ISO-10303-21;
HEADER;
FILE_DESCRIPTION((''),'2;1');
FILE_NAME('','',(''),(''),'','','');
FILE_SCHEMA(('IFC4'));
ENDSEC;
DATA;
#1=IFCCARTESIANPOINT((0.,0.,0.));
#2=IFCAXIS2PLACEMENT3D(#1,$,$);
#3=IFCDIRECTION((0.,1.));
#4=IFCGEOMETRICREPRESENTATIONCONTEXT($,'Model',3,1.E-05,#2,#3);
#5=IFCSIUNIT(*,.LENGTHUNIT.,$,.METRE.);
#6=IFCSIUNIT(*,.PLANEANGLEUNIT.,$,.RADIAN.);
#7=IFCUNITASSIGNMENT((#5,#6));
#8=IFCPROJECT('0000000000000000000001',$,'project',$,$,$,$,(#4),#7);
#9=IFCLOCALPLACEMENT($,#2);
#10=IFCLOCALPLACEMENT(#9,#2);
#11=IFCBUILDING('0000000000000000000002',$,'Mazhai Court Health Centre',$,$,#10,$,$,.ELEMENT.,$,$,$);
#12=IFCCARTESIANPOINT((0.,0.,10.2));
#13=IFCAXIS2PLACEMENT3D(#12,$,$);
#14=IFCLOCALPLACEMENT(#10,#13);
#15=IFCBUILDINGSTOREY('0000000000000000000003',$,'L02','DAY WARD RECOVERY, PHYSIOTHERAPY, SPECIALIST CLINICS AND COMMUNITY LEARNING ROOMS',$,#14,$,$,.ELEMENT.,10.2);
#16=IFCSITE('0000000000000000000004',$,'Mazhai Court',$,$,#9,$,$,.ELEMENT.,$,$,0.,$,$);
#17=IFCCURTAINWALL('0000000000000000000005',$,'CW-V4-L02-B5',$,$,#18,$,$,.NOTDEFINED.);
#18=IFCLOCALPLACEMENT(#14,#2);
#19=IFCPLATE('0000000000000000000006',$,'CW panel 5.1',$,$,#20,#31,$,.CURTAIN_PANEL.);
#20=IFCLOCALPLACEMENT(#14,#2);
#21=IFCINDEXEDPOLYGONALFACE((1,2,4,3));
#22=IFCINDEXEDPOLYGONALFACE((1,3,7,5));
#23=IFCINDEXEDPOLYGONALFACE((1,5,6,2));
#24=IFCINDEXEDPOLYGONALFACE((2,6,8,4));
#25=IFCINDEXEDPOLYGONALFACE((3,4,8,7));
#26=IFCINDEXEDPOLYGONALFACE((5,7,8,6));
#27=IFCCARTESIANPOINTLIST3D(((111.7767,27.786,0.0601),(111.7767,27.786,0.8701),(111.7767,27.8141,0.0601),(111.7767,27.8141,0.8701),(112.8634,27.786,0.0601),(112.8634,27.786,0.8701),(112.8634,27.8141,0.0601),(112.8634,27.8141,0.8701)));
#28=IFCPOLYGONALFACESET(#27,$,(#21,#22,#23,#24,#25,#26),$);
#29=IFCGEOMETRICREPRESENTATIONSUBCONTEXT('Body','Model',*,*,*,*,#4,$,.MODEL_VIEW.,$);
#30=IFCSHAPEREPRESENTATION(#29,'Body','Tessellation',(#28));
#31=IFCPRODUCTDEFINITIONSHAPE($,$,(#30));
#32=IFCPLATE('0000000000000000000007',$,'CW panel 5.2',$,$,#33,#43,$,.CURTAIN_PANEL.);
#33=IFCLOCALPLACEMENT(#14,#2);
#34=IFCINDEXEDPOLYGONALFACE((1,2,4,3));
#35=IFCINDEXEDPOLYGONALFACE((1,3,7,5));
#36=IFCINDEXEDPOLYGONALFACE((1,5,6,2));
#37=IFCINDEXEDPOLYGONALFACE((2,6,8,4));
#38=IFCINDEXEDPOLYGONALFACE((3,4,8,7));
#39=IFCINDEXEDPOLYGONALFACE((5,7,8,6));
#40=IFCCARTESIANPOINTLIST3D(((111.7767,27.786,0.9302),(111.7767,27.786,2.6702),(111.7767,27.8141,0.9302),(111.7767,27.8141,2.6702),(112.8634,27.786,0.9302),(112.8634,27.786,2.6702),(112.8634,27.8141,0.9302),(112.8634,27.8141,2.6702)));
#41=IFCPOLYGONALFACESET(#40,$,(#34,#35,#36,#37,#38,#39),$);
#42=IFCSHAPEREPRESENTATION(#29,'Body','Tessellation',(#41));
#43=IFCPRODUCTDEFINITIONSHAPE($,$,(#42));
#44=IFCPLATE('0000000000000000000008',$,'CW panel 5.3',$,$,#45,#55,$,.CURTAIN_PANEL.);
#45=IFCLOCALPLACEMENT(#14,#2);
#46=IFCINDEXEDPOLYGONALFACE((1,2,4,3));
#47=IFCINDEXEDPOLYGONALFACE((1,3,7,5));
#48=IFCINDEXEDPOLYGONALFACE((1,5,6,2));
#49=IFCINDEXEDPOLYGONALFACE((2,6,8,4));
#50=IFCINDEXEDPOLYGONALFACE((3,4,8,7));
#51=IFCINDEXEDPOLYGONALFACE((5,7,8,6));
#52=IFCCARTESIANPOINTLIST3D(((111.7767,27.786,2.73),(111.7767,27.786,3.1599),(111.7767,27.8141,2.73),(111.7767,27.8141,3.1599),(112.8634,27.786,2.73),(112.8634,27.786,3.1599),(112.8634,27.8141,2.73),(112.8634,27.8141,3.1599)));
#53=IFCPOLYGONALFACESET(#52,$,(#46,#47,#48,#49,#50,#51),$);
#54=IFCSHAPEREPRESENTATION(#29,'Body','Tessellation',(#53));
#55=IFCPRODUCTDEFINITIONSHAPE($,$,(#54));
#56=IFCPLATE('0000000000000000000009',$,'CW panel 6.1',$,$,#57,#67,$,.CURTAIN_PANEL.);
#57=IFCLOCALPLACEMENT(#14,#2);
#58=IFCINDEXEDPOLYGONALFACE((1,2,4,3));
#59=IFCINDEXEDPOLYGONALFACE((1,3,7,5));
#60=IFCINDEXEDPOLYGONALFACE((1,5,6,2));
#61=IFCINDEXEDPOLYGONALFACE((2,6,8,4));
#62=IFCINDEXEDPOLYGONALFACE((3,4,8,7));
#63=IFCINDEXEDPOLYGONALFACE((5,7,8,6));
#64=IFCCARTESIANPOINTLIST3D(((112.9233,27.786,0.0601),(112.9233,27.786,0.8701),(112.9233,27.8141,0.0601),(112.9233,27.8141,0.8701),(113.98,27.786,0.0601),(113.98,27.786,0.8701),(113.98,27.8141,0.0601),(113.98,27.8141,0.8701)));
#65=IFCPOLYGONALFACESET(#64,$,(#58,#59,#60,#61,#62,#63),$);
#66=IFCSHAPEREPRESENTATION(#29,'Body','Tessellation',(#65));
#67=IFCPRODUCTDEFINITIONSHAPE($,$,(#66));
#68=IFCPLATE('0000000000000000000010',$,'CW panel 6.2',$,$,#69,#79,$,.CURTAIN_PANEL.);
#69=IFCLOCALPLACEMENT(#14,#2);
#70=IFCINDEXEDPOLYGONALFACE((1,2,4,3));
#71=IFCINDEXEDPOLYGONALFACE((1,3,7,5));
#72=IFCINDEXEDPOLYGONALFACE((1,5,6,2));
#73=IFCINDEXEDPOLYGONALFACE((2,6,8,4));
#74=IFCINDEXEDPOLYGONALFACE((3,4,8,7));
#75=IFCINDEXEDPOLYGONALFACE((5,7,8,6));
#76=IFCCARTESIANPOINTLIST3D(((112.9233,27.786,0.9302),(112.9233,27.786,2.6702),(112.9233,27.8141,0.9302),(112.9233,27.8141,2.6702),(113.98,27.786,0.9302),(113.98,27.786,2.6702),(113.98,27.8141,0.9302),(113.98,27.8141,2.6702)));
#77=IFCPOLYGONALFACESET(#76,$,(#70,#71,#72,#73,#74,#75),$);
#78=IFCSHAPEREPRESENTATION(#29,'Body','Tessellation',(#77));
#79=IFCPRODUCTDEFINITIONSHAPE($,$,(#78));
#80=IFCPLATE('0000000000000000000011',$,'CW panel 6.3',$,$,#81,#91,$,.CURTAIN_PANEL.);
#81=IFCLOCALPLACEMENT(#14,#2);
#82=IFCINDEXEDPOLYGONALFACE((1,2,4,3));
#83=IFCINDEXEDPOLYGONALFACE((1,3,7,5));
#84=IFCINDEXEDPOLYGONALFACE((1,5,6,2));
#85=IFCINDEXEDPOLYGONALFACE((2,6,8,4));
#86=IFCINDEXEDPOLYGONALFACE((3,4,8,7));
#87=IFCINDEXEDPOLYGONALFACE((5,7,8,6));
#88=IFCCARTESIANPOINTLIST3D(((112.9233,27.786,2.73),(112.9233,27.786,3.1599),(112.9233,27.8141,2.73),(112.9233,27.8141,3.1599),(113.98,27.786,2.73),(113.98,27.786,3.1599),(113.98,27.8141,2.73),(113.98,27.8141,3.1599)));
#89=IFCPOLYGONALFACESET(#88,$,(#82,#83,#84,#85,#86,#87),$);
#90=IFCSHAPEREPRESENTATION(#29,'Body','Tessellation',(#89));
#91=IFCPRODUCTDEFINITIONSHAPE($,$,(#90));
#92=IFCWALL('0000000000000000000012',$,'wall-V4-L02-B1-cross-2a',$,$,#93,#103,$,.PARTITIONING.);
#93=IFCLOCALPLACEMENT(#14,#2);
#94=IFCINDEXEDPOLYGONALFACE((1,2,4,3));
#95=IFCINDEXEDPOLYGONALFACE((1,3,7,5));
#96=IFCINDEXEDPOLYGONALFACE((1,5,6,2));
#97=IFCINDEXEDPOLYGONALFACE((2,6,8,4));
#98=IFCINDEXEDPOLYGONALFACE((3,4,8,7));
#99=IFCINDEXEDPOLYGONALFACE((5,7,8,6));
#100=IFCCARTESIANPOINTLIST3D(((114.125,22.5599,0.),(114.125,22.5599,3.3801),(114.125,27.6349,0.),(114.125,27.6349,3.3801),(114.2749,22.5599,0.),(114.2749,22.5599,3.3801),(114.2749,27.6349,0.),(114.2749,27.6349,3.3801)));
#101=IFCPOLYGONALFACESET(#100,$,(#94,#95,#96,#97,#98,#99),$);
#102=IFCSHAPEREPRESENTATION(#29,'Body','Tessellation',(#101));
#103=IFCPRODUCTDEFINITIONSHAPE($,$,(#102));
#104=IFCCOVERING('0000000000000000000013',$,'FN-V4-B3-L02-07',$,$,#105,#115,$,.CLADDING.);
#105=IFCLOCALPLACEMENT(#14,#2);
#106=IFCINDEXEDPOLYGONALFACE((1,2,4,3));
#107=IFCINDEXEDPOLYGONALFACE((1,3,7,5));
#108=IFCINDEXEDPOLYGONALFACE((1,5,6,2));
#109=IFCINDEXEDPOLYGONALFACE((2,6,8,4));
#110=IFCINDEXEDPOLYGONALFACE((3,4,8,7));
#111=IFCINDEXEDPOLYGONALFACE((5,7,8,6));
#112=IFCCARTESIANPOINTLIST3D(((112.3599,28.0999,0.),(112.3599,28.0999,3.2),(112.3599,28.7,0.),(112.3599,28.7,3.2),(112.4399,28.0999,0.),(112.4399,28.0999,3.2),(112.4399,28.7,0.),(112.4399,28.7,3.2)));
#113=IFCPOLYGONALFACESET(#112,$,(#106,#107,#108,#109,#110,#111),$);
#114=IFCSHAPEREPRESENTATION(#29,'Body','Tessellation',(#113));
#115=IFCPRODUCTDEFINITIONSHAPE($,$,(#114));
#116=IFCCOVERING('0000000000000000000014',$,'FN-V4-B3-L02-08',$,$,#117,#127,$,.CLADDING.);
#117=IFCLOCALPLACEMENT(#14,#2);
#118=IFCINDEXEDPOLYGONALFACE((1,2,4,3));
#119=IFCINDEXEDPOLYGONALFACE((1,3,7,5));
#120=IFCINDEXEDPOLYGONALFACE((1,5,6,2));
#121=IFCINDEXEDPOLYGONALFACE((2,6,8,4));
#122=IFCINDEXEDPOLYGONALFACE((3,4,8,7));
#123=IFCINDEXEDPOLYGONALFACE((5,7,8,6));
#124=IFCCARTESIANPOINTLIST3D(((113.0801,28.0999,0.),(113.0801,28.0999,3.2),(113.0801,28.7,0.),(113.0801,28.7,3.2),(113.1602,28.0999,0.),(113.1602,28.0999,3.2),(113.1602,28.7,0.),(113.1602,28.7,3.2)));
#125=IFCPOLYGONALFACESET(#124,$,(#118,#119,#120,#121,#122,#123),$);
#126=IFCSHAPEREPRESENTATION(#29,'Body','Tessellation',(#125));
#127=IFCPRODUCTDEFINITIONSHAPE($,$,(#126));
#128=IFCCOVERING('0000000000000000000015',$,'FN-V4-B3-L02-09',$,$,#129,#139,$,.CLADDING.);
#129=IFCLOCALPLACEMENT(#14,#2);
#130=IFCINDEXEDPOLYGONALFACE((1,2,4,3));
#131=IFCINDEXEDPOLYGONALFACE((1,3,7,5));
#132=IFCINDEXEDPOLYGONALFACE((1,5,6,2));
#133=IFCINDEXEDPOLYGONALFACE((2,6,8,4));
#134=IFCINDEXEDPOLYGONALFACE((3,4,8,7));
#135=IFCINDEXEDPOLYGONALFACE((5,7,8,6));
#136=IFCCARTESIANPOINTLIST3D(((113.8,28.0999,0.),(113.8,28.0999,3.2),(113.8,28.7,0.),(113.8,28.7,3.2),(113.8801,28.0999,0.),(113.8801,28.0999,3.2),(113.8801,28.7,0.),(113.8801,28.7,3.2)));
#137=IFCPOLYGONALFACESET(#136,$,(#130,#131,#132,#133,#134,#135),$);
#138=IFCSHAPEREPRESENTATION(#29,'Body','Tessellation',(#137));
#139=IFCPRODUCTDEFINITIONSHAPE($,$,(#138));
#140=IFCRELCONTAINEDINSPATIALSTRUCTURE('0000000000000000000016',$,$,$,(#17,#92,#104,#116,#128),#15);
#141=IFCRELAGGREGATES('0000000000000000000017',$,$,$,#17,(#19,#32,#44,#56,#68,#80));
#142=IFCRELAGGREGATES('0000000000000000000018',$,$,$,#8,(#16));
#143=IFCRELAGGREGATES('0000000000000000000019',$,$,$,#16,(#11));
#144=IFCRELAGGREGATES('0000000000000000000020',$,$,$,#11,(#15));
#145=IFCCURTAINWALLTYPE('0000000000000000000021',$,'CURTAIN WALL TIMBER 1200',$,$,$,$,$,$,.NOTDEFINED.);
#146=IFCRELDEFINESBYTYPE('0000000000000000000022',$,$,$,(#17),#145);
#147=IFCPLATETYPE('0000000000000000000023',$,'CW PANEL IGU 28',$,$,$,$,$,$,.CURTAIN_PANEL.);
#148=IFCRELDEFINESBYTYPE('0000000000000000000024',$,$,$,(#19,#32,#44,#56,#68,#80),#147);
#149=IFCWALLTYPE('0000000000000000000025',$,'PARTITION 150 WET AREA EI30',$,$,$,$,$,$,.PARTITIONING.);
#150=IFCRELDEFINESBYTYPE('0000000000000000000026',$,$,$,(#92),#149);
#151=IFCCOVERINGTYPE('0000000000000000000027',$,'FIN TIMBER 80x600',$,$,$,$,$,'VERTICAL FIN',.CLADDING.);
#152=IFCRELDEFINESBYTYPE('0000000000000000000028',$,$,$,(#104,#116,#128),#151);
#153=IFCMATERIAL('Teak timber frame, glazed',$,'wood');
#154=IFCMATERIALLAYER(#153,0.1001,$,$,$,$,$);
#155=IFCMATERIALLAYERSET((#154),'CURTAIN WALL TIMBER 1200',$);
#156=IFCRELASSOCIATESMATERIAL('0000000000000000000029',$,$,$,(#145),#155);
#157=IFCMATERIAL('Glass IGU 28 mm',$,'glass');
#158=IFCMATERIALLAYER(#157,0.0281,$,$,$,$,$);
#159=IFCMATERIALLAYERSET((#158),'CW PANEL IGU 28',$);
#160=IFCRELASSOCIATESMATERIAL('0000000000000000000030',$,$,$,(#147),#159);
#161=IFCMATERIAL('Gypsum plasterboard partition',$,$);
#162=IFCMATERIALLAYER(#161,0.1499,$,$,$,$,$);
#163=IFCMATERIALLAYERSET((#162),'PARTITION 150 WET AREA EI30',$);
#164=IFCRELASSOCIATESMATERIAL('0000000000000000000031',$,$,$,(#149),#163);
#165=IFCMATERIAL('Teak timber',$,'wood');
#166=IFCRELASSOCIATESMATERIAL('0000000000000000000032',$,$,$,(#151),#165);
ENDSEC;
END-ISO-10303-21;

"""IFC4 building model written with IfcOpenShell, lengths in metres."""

from ifc_helpers import new_model, si_unit, direction, frame, frame_2d, origin, origin_2d, place, context, subcontext, project, spatial, rectangle, extrude, material, layer, layer_set, type_object, element, aggregate, save


model = new_model("IFC4")

# Units and contexts
model_context = context("Model", 3, precision=1e-05, world=origin(), true_north=direction((0.0, 1.0)))
body_context = subcontext(model_context, "Body", "Model", "MODEL_VIEW")
ifc_project = project(units=[si_unit("LENGTHUNIT", "METRE"), si_unit("PLANEANGLEUNIT", "RADIAN")], contexts=[model_context])

# Site, building, storey
site_placement = place(None, origin())
site = spatial("IfcSite", under=ifc_project, at=site_placement, Name="Mazhai Court", CompositionType="ELEMENT", RefElevation=0.0)
building_placement = place(site_placement, origin())
building = spatial("IfcBuilding", under=site, at=building_placement, Name="Mazhai Court Health Centre", CompositionType="ELEMENT")
storey_placement = place(building_placement, frame((0.0, 0.0, 10.2)))
storey = spatial("IfcBuildingStorey", under=building, at=storey_placement, Name="L02", Description="DAY WARD RECOVERY, PHYSIOTHERAPY, SPECIALIST CLINICS AND COMMUNITY LEARNING ROOMS", CompositionType="ELEMENT", Elevation=10.2)

# Curtain wall
ifc_material_1 = material(Name="Teak timber frame, glazed", Category="wood")
ifc_layer_1 = layer(ifc_material_1, 0.1001)
ifc_layer_set_1 = layer_set([ifc_layer_1], Name="CURTAIN WALL TIMBER 1200")
curtain_wall_type = type_object("IfcCurtainWallType", Name="CURTAIN WALL TIMBER 1200", PredefinedType="NOTDEFINED", material=ifc_layer_set_1)
curtain_wall_1_placement = place(storey_placement, origin())
curtain_wall_1 = element("IfcCurtainWall", 1, at=curtain_wall_1_placement, inside=storey, type_object=curtain_wall_type, Name="CW-V4-L02-B5", PredefinedType="NOTDEFINED")

# Plates
ifc_material_2 = material(Name="Glass IGU 28 mm", Category="glass")
ifc_layer_2 = layer(ifc_material_2, 0.0281)
ifc_layer_set_2 = layer_set([ifc_layer_2], Name="CW PANEL IGU 28")
plate_type = type_object("IfcPlateType", Name="CW PANEL IGU 28", PredefinedType="CURTAIN_PANEL", material=ifc_layer_set_2)
plate_1_placement = place(storey_placement, frame((112.3201, 27.8, 0.0601), z_axis=(0.0, 0.0, 1.0), x_axis=(1.0, 0.0, 0.0)))
plate_1 = element("IfcPlate", 2, at=plate_1_placement, type_object=plate_type, Name="CW panel 5.1", PredefinedType="CURTAIN_PANEL", context=body_context, shape_type="SweptSolid", body=[
    extrude(rectangle(XDim=1.0867, YDim=0.0281, at=origin_2d()), origin(), (0.0, 0.0, 1.0), 0.8101),
])
plate_2_placement = place(storey_placement, frame((112.3201, 27.8, 0.9302), z_axis=(0.0, 0.0, 1.0), x_axis=(1.0, 0.0, 0.0)))
plate_2 = element("IfcPlate", 3, at=plate_2_placement, type_object=plate_type, Name="CW panel 5.2", PredefinedType="CURTAIN_PANEL", context=body_context, shape_type="SweptSolid", body=[
    extrude(rectangle(XDim=1.0867, YDim=0.0281, at=origin_2d()), origin(), (0.0, 0.0, 1.0), 1.74),
])
plate_3_placement = place(storey_placement, frame((112.3201, 27.8, 2.73), z_axis=(0.0, 0.0, 1.0), x_axis=(1.0, 0.0, 0.0)))
plate_3 = element("IfcPlate", 4, at=plate_3_placement, type_object=plate_type, Name="CW panel 5.3", PredefinedType="CURTAIN_PANEL", context=body_context, shape_type="SweptSolid", body=[
    extrude(rectangle(XDim=1.0867, YDim=0.0281, at=origin_2d()), origin(), (0.0, 0.0, 1.0), 0.4299),
])
plate_4_placement = place(storey_placement, frame((113.4517, 27.8, 0.0601), z_axis=(0.0, 0.0, 1.0), x_axis=(1.0, 0.0, 0.0)))
plate_4 = element("IfcPlate", 5, at=plate_4_placement, type_object=plate_type, Name="CW panel 6.1", PredefinedType="CURTAIN_PANEL", context=body_context, shape_type="SweptSolid", body=[
    extrude(rectangle(XDim=1.0566, YDim=0.0281, at=origin_2d()), origin(), (0.0, 0.0, 1.0), 0.8101),
])
plate_5_placement = place(storey_placement, frame((113.4517, 27.8, 0.9302), z_axis=(0.0, 0.0, 1.0), x_axis=(1.0, 0.0, 0.0)))
plate_5 = element("IfcPlate", 6, at=plate_5_placement, type_object=plate_type, Name="CW panel 6.2", PredefinedType="CURTAIN_PANEL", context=body_context, shape_type="SweptSolid", body=[
    extrude(rectangle(XDim=1.0566, YDim=0.0281, at=origin_2d()), origin(), (0.0, 0.0, 1.0), 1.74),
])
plate_6_placement = place(storey_placement, frame((113.4517, 27.8, 2.73), z_axis=(0.0, 0.0, 1.0), x_axis=(1.0, 0.0, 0.0)))
plate_6 = element("IfcPlate", 7, at=plate_6_placement, type_object=plate_type, Name="CW panel 6.3", PredefinedType="CURTAIN_PANEL", context=body_context, shape_type="SweptSolid", body=[
    extrude(rectangle(XDim=1.0566, YDim=0.0281, at=origin_2d()), origin(), (0.0, 0.0, 1.0), 0.4299),
])
aggregate(curtain_wall_1, [plate_1, plate_2, plate_3, plate_4, plate_5, plate_6])

# Wall
ifc_material_3 = material(Name="Gypsum plasterboard partition")
ifc_layer_3 = layer(ifc_material_3, 0.1499)
ifc_layer_set_3 = layer_set([ifc_layer_3], Name="PARTITION 150 WET AREA EI30")
wall_type = type_object("IfcWallType", Name="PARTITION 150 WET AREA EI30", PredefinedType="PARTITIONING", material=ifc_layer_set_3)
wall_placement = place(storey_placement, frame((114.2, 27.635, 0.0), z_axis=(0.0, 0.0, 1.0), x_axis=(0.0, -1.0, 0.0)))
element("IfcWall", 8, at=wall_placement, inside=storey, type_object=wall_type, Name="wall-V4-L02-B1-cross-2a", PredefinedType="PARTITIONING", context=body_context, shape_type="SweptSolid", body=[
    extrude(rectangle(XDim=5.075, YDim=0.1499, at=frame_2d((2.5376, 0.0))), origin(), (0.0, 0.0, 1.0), 3.3801),
])

# Coverings
ifc_material_4 = material(Name="Teak timber", Category="wood")
covering_type = type_object("IfcCoveringType", Name="FIN TIMBER 80x600", ElementType="VERTICAL FIN", PredefinedType="CLADDING", material=ifc_material_4)
for number, where, z_axis, x_axis, name in (
    (9, (112.3999, 28.3999, 0.0), (0.0, 0.0, 1.0), (1.0, 0.0, 0.0), "FN-V4-B3-L02-07"),
    (10, (113.1201, 28.3999, 0.0), (0.0, 0.0, 1.0), (1.0, 0.0, 0.0), "FN-V4-B3-L02-08"),
    (11, (113.8401, 28.3999, 0.0), (0.0, 0.0, 1.0), (1.0, 0.0, 0.0), "FN-V4-B3-L02-09"),
):
    element("IfcCovering", number, at=place(storey_placement, frame(where, z_axis=z_axis, x_axis=x_axis)), inside=storey, type_object=covering_type, Name=name, PredefinedType="CLADDING", context=body_context, shape_type="SweptSolid", body=[
        extrude(rectangle(XDim=0.0801, YDim=0.6001, at=origin_2d()), origin(), (0.0, 0.0, 1.0), 3.2),
    ])

save(model, "model.ifc")
